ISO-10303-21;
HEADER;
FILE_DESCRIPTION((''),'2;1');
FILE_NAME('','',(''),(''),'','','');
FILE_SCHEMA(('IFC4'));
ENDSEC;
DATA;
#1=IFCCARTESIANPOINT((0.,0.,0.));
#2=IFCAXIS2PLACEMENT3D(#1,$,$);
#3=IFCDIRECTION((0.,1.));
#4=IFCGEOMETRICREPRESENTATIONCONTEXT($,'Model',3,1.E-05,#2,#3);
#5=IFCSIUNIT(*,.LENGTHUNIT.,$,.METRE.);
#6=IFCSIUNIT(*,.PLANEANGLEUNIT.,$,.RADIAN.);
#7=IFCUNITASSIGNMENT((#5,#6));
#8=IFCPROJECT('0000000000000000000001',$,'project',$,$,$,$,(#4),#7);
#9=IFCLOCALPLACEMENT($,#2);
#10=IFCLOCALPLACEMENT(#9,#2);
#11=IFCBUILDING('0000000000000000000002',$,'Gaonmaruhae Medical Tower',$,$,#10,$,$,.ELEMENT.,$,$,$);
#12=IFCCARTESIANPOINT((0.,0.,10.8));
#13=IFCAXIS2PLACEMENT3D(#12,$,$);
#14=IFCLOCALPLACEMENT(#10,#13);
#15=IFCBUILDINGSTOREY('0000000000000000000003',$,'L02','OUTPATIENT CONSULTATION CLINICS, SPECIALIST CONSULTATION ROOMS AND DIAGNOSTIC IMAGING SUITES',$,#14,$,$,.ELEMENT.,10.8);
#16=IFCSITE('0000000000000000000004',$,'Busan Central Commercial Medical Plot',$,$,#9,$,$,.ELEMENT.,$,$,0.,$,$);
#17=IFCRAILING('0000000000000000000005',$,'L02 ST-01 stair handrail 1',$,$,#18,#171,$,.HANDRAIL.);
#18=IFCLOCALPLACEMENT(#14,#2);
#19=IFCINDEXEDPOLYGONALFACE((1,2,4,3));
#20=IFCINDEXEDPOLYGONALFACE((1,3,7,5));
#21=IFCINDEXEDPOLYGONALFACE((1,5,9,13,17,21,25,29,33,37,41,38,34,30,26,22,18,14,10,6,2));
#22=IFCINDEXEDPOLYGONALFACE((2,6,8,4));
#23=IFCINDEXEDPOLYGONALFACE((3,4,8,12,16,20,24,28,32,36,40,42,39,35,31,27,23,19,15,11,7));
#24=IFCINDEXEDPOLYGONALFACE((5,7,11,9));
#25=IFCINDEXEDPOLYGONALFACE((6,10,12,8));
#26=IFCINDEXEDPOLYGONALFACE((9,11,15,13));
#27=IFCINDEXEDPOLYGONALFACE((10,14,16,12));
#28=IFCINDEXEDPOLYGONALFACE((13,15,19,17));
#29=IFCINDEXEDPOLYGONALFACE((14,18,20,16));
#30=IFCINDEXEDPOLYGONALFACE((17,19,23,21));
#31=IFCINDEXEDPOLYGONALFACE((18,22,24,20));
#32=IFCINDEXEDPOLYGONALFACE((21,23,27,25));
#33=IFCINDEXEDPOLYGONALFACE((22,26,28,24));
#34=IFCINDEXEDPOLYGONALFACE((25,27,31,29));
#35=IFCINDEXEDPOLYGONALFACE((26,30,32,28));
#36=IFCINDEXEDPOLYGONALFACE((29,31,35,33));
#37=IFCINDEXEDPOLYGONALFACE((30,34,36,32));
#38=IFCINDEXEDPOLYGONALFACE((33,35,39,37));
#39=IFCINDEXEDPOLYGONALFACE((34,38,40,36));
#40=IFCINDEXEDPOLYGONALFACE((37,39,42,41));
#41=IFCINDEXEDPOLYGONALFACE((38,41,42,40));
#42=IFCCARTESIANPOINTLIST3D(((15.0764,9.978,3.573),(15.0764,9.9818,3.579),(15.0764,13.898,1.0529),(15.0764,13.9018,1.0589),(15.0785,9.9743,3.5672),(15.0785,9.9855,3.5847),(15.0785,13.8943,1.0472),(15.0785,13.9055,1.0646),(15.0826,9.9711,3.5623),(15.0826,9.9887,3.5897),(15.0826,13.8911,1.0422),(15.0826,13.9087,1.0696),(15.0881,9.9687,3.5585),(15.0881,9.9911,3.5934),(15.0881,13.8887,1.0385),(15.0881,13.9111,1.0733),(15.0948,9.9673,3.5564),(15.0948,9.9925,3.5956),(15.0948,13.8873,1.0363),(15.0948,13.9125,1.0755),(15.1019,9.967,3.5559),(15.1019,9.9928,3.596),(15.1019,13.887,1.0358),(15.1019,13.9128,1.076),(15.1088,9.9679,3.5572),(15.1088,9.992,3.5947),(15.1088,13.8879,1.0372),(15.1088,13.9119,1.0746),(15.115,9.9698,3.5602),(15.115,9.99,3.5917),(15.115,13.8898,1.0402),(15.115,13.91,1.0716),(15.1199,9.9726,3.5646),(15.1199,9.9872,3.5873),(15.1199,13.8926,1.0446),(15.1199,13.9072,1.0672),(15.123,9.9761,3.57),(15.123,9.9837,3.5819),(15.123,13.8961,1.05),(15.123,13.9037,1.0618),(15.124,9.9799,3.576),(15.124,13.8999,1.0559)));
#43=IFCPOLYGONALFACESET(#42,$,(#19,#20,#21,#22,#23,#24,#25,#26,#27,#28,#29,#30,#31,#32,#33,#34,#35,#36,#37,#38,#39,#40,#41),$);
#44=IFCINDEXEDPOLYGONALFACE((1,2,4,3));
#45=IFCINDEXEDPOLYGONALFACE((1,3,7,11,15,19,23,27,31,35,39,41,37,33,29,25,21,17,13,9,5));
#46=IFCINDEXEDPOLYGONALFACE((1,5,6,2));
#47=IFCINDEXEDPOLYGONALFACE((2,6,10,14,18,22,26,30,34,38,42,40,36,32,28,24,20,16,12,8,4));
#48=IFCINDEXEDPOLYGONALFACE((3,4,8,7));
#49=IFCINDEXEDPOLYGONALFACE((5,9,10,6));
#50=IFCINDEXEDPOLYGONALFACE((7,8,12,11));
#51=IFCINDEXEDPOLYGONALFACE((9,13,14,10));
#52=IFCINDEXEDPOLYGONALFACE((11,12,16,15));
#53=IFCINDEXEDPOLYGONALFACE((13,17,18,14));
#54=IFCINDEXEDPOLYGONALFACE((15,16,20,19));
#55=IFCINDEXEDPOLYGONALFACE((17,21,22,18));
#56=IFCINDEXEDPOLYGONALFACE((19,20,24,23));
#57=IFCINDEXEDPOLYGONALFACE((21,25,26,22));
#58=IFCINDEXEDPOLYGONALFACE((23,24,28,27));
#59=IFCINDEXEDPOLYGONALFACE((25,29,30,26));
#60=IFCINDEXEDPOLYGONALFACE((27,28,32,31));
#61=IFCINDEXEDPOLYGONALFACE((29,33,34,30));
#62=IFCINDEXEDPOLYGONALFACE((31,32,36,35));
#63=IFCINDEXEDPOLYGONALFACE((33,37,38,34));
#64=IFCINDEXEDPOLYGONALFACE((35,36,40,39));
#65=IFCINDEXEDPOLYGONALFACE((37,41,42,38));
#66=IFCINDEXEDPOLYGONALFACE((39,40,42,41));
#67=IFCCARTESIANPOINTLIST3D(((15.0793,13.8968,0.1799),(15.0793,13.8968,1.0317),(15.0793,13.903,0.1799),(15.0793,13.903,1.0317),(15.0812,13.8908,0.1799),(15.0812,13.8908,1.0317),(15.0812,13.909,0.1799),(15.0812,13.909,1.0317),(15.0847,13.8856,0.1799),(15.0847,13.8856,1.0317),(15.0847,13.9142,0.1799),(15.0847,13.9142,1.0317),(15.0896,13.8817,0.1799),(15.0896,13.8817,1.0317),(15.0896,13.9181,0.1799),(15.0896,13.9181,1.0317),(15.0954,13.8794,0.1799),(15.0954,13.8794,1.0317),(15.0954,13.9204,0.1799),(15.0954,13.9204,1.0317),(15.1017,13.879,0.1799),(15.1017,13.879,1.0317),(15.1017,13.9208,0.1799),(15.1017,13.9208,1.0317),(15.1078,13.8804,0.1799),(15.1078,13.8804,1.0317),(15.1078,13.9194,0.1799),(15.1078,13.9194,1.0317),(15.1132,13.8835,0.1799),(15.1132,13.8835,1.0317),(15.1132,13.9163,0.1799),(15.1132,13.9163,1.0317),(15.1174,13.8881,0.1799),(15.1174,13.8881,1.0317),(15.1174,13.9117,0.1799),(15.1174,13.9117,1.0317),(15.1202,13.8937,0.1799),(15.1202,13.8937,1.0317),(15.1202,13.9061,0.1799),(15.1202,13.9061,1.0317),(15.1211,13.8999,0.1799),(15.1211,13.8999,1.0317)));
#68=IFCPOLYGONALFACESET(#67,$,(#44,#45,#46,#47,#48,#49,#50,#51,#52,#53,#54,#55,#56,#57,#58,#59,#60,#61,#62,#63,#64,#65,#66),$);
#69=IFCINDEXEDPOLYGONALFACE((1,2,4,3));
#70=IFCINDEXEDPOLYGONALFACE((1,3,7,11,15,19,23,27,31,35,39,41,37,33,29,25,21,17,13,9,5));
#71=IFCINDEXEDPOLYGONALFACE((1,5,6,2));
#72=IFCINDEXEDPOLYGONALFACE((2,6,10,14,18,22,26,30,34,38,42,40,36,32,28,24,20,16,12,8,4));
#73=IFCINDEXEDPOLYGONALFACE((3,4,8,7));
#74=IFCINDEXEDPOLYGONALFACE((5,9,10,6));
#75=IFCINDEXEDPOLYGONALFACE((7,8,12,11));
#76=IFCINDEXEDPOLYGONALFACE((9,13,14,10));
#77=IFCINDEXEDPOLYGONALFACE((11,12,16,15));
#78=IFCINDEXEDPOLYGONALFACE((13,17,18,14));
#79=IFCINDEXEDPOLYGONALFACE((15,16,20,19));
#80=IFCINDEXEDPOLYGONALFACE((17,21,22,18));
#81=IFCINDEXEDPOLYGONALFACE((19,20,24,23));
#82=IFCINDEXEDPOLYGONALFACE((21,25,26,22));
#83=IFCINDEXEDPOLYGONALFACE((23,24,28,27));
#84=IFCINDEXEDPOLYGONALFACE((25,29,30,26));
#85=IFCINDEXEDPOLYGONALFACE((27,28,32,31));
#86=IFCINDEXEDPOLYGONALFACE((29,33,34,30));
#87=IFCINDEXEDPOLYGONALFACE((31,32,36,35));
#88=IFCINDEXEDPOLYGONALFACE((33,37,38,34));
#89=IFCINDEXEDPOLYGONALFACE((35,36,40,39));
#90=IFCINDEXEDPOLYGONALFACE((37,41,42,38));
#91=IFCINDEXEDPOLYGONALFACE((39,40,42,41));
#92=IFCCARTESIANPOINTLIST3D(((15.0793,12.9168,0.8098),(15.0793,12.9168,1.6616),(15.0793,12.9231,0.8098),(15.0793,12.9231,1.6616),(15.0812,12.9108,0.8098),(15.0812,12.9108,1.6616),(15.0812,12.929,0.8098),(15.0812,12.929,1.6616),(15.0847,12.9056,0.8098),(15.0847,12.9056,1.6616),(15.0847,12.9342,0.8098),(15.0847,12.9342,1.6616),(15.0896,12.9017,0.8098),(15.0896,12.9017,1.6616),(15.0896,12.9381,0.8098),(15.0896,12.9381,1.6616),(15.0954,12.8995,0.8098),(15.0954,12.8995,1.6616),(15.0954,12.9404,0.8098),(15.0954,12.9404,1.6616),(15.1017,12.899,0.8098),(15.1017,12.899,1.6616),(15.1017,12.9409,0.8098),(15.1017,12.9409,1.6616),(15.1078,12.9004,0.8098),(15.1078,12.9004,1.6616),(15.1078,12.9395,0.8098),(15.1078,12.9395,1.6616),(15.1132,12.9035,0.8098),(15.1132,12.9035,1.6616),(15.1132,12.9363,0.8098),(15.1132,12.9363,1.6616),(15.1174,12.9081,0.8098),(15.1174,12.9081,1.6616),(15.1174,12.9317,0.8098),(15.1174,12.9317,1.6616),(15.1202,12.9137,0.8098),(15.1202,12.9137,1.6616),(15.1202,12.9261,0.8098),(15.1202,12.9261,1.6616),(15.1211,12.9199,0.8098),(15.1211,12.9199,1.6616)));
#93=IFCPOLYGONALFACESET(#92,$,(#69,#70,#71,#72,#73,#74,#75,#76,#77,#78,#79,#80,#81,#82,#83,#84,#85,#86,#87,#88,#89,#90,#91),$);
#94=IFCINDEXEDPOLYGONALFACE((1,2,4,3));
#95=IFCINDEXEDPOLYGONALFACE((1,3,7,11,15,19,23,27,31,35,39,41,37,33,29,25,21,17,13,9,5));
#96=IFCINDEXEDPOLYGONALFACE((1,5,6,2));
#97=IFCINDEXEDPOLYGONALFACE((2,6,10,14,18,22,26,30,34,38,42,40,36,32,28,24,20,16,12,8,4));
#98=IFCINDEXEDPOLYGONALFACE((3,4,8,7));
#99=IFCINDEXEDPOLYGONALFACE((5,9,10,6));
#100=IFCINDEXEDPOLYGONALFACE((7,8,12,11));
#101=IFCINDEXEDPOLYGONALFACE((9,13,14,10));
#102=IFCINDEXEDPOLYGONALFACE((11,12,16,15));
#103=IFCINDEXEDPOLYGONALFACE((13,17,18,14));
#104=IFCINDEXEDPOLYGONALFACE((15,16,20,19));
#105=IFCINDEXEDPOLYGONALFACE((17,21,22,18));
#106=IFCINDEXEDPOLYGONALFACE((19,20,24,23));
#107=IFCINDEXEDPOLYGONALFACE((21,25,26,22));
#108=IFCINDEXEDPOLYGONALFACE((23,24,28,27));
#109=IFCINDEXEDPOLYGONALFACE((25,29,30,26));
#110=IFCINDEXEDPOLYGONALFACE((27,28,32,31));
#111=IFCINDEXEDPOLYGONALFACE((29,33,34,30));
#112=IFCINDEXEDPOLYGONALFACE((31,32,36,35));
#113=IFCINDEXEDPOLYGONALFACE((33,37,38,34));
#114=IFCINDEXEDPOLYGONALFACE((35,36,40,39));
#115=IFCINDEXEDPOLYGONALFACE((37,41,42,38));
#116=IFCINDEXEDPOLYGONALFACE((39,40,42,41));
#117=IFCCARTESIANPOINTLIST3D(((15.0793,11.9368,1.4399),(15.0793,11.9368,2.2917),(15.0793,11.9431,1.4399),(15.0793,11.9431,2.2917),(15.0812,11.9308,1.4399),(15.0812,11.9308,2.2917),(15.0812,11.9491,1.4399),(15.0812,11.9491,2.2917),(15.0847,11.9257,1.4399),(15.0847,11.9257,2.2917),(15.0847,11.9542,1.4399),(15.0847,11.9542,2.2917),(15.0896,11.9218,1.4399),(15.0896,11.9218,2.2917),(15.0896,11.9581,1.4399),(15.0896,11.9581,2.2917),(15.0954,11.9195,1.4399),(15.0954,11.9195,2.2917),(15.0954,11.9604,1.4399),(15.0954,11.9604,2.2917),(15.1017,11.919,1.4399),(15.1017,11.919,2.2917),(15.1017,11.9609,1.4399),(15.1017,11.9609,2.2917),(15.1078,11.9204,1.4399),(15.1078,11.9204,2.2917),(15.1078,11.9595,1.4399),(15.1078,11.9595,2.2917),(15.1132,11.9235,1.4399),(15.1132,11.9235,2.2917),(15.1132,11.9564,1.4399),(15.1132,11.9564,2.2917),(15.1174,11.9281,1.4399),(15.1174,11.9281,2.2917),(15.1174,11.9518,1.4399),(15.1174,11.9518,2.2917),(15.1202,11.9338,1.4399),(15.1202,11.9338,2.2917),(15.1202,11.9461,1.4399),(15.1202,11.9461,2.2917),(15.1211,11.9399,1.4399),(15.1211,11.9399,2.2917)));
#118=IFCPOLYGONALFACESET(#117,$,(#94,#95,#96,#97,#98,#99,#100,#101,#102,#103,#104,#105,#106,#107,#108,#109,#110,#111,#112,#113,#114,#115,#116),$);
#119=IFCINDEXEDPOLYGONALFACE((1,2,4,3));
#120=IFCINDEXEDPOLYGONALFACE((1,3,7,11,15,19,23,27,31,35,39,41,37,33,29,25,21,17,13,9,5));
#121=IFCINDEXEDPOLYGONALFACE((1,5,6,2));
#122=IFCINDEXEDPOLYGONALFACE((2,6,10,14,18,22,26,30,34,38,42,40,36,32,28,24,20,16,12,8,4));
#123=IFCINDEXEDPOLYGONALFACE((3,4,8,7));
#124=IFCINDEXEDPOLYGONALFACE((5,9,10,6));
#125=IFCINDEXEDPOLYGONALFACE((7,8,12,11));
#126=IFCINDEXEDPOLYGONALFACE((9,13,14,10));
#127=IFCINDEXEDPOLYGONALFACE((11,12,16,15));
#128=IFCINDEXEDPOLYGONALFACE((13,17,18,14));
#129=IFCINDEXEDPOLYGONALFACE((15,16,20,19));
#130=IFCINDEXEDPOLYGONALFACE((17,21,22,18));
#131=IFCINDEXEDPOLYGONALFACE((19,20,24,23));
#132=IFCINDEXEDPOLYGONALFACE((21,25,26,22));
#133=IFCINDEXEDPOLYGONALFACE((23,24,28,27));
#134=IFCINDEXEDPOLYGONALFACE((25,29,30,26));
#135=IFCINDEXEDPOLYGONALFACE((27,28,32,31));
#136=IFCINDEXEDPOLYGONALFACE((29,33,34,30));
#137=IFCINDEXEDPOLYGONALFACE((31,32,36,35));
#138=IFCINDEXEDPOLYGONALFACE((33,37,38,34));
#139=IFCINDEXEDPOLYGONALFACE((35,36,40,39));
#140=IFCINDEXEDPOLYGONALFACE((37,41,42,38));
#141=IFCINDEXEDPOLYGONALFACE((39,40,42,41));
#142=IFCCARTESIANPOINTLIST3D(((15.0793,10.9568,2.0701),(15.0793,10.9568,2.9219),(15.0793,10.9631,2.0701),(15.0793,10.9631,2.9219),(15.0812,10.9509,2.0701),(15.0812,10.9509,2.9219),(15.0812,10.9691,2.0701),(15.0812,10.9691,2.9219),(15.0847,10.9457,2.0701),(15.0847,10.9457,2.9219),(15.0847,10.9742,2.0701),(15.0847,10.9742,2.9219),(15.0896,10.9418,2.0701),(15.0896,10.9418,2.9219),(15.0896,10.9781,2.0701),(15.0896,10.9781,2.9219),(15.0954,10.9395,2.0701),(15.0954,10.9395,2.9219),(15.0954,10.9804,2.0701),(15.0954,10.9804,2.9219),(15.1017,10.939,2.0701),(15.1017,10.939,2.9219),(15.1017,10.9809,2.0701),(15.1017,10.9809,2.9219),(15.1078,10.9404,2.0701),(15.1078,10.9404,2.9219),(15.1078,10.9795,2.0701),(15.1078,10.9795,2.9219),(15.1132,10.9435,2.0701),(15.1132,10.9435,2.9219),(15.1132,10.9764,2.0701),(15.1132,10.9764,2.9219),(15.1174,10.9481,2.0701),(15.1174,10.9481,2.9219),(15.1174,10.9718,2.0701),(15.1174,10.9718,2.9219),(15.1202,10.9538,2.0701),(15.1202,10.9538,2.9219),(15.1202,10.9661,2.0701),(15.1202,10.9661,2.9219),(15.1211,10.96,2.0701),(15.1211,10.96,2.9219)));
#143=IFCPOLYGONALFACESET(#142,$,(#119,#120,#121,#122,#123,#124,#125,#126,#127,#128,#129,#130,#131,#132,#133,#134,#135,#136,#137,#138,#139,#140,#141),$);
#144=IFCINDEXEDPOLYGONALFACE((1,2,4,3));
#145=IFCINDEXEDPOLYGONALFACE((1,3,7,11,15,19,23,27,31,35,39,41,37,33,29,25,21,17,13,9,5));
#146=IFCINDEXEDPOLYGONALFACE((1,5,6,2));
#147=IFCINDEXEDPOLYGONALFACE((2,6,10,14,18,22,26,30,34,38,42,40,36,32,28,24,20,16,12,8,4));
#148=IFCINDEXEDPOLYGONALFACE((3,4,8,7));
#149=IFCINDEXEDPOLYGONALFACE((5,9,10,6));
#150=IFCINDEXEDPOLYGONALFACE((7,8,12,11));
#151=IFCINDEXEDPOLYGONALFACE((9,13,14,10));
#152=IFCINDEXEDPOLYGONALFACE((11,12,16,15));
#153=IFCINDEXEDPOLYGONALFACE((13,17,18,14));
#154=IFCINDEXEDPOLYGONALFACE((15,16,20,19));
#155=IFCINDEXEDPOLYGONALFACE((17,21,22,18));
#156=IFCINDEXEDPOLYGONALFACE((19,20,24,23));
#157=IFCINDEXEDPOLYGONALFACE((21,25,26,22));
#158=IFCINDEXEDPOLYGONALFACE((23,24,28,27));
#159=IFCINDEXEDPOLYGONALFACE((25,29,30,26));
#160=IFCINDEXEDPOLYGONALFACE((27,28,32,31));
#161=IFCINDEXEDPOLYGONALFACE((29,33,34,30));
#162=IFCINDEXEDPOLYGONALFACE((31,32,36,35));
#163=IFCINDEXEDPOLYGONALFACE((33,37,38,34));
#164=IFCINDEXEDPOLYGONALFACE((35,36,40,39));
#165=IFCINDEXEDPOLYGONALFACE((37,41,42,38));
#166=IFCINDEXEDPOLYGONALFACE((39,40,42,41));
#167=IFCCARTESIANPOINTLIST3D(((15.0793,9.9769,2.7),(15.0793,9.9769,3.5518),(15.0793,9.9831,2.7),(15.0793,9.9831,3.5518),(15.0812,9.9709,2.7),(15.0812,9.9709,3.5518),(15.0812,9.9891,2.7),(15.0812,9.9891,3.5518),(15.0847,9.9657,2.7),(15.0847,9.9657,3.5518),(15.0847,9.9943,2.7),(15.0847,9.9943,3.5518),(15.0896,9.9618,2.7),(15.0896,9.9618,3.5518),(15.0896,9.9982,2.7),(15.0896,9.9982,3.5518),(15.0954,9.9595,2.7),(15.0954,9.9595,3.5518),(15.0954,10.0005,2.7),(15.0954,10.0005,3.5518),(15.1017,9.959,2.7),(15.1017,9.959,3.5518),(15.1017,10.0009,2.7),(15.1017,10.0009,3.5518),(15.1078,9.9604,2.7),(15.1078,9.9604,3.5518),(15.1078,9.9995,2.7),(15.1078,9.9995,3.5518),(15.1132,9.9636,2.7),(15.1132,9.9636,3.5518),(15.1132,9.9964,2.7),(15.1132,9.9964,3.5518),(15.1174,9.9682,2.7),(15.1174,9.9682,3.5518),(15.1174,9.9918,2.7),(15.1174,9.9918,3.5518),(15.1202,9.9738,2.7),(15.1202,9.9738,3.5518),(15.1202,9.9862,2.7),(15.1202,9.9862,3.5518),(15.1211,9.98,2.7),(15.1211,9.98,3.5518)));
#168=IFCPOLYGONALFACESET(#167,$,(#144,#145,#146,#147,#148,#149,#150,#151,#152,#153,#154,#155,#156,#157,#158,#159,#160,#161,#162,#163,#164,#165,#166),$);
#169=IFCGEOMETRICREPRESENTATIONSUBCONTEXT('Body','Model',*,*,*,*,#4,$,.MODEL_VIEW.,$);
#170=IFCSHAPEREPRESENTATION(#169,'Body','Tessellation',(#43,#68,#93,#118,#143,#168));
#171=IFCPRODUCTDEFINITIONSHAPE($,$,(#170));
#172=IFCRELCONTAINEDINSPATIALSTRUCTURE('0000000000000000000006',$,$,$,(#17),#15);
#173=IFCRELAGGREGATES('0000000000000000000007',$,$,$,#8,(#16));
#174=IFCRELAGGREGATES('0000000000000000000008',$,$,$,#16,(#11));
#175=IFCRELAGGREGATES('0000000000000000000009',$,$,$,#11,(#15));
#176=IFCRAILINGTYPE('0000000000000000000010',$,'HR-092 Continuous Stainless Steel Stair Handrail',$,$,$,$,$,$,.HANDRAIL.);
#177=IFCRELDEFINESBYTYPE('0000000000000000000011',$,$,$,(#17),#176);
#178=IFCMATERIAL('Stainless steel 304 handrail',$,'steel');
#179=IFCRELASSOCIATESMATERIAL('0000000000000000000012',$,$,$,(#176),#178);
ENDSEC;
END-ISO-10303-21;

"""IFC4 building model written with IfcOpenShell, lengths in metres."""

from ifc_helpers import new_model, si_unit, direction, frame, origin, origin_2d, place, context, subcontext, project, spatial, circle, extrude, material, type_object, element, save


model = new_model("IFC4")

# Units and contexts
model_context = context("Model", 3, precision=1e-05, world=origin(), true_north=direction((0.0, 1.0)))
body_context = subcontext(model_context, "Body", "Model", "MODEL_VIEW")
ifc_project = project(units=[si_unit("LENGTHUNIT", "METRE"), si_unit("PLANEANGLEUNIT", "RADIAN")], contexts=[model_context])

# Site, building, storey
site_placement = place(None, origin())
site = spatial("IfcSite", under=ifc_project, at=site_placement, Name="Busan Central Commercial Medical Plot", CompositionType="ELEMENT", RefElevation=0.0)
building_placement = place(site_placement, origin())
building = spatial("IfcBuilding", under=site, at=building_placement, Name="Gaonmaruhae Medical Tower", CompositionType="ELEMENT")
storey_placement = place(building_placement, frame((0.0, 0.0, 10.8)))
storey = spatial("IfcBuildingStorey", under=building, at=storey_placement, Name="L02", Description="OUTPATIENT CONSULTATION CLINICS, SPECIALIST CONSULTATION ROOMS AND DIAGNOSTIC IMAGING SUITES", CompositionType="ELEMENT", Elevation=10.8)

# Railing
ifc_material_1 = material(Name="Stainless steel 304 handrail", Category="steel")
railing_type_1 = type_object("IfcRailingType", Name="HR-092 Continuous Stainless Steel Stair Handrail", PredefinedType="HANDRAIL", material=ifc_material_1)
railing_1_placement = place(storey_placement, frame((15.1001, 13.8999, 0.1799)))
element("IfcRailing", 1, at=railing_1_placement, inside=storey, type_object=railing_type_1, Name="L02 ST-01 stair handrail 1", PredefinedType="HANDRAIL", context=body_context, shape_type="SweptSolid", body=[
    extrude(circle(Radius=0.0239, at=origin_2d()), frame((0.0, 0.0, 0.876), z_axis=(0.0, -0.841172, 0.540768), x_axis=(1.0, 0.0, 0.0)), (0.0, 0.0, 1.0), 4.6602),
    extrude(circle(Radius=0.021, at=origin_2d()), origin(), (0.0, 0.0, 1.0), 0.8518),
    extrude(circle(Radius=0.021, at=origin_2d()), frame((0.0, -0.98, 0.6299)), (0.0, 0.0, 1.0), 0.8518),
    extrude(circle(Radius=0.021, at=origin_2d()), frame((0.0, -1.96, 1.26)), (0.0, 0.0, 1.0), 0.8518),
    extrude(circle(Radius=0.021, at=origin_2d()), frame((0.0, -2.9399, 1.8901)), (0.0, 0.0, 1.0), 0.8518),
    extrude(circle(Radius=0.021, at=origin_2d()), frame((0.0, -3.9199, 2.52)), (0.0, 0.0, 1.0), 0.8518),
])

save(model, "model.ifc")
